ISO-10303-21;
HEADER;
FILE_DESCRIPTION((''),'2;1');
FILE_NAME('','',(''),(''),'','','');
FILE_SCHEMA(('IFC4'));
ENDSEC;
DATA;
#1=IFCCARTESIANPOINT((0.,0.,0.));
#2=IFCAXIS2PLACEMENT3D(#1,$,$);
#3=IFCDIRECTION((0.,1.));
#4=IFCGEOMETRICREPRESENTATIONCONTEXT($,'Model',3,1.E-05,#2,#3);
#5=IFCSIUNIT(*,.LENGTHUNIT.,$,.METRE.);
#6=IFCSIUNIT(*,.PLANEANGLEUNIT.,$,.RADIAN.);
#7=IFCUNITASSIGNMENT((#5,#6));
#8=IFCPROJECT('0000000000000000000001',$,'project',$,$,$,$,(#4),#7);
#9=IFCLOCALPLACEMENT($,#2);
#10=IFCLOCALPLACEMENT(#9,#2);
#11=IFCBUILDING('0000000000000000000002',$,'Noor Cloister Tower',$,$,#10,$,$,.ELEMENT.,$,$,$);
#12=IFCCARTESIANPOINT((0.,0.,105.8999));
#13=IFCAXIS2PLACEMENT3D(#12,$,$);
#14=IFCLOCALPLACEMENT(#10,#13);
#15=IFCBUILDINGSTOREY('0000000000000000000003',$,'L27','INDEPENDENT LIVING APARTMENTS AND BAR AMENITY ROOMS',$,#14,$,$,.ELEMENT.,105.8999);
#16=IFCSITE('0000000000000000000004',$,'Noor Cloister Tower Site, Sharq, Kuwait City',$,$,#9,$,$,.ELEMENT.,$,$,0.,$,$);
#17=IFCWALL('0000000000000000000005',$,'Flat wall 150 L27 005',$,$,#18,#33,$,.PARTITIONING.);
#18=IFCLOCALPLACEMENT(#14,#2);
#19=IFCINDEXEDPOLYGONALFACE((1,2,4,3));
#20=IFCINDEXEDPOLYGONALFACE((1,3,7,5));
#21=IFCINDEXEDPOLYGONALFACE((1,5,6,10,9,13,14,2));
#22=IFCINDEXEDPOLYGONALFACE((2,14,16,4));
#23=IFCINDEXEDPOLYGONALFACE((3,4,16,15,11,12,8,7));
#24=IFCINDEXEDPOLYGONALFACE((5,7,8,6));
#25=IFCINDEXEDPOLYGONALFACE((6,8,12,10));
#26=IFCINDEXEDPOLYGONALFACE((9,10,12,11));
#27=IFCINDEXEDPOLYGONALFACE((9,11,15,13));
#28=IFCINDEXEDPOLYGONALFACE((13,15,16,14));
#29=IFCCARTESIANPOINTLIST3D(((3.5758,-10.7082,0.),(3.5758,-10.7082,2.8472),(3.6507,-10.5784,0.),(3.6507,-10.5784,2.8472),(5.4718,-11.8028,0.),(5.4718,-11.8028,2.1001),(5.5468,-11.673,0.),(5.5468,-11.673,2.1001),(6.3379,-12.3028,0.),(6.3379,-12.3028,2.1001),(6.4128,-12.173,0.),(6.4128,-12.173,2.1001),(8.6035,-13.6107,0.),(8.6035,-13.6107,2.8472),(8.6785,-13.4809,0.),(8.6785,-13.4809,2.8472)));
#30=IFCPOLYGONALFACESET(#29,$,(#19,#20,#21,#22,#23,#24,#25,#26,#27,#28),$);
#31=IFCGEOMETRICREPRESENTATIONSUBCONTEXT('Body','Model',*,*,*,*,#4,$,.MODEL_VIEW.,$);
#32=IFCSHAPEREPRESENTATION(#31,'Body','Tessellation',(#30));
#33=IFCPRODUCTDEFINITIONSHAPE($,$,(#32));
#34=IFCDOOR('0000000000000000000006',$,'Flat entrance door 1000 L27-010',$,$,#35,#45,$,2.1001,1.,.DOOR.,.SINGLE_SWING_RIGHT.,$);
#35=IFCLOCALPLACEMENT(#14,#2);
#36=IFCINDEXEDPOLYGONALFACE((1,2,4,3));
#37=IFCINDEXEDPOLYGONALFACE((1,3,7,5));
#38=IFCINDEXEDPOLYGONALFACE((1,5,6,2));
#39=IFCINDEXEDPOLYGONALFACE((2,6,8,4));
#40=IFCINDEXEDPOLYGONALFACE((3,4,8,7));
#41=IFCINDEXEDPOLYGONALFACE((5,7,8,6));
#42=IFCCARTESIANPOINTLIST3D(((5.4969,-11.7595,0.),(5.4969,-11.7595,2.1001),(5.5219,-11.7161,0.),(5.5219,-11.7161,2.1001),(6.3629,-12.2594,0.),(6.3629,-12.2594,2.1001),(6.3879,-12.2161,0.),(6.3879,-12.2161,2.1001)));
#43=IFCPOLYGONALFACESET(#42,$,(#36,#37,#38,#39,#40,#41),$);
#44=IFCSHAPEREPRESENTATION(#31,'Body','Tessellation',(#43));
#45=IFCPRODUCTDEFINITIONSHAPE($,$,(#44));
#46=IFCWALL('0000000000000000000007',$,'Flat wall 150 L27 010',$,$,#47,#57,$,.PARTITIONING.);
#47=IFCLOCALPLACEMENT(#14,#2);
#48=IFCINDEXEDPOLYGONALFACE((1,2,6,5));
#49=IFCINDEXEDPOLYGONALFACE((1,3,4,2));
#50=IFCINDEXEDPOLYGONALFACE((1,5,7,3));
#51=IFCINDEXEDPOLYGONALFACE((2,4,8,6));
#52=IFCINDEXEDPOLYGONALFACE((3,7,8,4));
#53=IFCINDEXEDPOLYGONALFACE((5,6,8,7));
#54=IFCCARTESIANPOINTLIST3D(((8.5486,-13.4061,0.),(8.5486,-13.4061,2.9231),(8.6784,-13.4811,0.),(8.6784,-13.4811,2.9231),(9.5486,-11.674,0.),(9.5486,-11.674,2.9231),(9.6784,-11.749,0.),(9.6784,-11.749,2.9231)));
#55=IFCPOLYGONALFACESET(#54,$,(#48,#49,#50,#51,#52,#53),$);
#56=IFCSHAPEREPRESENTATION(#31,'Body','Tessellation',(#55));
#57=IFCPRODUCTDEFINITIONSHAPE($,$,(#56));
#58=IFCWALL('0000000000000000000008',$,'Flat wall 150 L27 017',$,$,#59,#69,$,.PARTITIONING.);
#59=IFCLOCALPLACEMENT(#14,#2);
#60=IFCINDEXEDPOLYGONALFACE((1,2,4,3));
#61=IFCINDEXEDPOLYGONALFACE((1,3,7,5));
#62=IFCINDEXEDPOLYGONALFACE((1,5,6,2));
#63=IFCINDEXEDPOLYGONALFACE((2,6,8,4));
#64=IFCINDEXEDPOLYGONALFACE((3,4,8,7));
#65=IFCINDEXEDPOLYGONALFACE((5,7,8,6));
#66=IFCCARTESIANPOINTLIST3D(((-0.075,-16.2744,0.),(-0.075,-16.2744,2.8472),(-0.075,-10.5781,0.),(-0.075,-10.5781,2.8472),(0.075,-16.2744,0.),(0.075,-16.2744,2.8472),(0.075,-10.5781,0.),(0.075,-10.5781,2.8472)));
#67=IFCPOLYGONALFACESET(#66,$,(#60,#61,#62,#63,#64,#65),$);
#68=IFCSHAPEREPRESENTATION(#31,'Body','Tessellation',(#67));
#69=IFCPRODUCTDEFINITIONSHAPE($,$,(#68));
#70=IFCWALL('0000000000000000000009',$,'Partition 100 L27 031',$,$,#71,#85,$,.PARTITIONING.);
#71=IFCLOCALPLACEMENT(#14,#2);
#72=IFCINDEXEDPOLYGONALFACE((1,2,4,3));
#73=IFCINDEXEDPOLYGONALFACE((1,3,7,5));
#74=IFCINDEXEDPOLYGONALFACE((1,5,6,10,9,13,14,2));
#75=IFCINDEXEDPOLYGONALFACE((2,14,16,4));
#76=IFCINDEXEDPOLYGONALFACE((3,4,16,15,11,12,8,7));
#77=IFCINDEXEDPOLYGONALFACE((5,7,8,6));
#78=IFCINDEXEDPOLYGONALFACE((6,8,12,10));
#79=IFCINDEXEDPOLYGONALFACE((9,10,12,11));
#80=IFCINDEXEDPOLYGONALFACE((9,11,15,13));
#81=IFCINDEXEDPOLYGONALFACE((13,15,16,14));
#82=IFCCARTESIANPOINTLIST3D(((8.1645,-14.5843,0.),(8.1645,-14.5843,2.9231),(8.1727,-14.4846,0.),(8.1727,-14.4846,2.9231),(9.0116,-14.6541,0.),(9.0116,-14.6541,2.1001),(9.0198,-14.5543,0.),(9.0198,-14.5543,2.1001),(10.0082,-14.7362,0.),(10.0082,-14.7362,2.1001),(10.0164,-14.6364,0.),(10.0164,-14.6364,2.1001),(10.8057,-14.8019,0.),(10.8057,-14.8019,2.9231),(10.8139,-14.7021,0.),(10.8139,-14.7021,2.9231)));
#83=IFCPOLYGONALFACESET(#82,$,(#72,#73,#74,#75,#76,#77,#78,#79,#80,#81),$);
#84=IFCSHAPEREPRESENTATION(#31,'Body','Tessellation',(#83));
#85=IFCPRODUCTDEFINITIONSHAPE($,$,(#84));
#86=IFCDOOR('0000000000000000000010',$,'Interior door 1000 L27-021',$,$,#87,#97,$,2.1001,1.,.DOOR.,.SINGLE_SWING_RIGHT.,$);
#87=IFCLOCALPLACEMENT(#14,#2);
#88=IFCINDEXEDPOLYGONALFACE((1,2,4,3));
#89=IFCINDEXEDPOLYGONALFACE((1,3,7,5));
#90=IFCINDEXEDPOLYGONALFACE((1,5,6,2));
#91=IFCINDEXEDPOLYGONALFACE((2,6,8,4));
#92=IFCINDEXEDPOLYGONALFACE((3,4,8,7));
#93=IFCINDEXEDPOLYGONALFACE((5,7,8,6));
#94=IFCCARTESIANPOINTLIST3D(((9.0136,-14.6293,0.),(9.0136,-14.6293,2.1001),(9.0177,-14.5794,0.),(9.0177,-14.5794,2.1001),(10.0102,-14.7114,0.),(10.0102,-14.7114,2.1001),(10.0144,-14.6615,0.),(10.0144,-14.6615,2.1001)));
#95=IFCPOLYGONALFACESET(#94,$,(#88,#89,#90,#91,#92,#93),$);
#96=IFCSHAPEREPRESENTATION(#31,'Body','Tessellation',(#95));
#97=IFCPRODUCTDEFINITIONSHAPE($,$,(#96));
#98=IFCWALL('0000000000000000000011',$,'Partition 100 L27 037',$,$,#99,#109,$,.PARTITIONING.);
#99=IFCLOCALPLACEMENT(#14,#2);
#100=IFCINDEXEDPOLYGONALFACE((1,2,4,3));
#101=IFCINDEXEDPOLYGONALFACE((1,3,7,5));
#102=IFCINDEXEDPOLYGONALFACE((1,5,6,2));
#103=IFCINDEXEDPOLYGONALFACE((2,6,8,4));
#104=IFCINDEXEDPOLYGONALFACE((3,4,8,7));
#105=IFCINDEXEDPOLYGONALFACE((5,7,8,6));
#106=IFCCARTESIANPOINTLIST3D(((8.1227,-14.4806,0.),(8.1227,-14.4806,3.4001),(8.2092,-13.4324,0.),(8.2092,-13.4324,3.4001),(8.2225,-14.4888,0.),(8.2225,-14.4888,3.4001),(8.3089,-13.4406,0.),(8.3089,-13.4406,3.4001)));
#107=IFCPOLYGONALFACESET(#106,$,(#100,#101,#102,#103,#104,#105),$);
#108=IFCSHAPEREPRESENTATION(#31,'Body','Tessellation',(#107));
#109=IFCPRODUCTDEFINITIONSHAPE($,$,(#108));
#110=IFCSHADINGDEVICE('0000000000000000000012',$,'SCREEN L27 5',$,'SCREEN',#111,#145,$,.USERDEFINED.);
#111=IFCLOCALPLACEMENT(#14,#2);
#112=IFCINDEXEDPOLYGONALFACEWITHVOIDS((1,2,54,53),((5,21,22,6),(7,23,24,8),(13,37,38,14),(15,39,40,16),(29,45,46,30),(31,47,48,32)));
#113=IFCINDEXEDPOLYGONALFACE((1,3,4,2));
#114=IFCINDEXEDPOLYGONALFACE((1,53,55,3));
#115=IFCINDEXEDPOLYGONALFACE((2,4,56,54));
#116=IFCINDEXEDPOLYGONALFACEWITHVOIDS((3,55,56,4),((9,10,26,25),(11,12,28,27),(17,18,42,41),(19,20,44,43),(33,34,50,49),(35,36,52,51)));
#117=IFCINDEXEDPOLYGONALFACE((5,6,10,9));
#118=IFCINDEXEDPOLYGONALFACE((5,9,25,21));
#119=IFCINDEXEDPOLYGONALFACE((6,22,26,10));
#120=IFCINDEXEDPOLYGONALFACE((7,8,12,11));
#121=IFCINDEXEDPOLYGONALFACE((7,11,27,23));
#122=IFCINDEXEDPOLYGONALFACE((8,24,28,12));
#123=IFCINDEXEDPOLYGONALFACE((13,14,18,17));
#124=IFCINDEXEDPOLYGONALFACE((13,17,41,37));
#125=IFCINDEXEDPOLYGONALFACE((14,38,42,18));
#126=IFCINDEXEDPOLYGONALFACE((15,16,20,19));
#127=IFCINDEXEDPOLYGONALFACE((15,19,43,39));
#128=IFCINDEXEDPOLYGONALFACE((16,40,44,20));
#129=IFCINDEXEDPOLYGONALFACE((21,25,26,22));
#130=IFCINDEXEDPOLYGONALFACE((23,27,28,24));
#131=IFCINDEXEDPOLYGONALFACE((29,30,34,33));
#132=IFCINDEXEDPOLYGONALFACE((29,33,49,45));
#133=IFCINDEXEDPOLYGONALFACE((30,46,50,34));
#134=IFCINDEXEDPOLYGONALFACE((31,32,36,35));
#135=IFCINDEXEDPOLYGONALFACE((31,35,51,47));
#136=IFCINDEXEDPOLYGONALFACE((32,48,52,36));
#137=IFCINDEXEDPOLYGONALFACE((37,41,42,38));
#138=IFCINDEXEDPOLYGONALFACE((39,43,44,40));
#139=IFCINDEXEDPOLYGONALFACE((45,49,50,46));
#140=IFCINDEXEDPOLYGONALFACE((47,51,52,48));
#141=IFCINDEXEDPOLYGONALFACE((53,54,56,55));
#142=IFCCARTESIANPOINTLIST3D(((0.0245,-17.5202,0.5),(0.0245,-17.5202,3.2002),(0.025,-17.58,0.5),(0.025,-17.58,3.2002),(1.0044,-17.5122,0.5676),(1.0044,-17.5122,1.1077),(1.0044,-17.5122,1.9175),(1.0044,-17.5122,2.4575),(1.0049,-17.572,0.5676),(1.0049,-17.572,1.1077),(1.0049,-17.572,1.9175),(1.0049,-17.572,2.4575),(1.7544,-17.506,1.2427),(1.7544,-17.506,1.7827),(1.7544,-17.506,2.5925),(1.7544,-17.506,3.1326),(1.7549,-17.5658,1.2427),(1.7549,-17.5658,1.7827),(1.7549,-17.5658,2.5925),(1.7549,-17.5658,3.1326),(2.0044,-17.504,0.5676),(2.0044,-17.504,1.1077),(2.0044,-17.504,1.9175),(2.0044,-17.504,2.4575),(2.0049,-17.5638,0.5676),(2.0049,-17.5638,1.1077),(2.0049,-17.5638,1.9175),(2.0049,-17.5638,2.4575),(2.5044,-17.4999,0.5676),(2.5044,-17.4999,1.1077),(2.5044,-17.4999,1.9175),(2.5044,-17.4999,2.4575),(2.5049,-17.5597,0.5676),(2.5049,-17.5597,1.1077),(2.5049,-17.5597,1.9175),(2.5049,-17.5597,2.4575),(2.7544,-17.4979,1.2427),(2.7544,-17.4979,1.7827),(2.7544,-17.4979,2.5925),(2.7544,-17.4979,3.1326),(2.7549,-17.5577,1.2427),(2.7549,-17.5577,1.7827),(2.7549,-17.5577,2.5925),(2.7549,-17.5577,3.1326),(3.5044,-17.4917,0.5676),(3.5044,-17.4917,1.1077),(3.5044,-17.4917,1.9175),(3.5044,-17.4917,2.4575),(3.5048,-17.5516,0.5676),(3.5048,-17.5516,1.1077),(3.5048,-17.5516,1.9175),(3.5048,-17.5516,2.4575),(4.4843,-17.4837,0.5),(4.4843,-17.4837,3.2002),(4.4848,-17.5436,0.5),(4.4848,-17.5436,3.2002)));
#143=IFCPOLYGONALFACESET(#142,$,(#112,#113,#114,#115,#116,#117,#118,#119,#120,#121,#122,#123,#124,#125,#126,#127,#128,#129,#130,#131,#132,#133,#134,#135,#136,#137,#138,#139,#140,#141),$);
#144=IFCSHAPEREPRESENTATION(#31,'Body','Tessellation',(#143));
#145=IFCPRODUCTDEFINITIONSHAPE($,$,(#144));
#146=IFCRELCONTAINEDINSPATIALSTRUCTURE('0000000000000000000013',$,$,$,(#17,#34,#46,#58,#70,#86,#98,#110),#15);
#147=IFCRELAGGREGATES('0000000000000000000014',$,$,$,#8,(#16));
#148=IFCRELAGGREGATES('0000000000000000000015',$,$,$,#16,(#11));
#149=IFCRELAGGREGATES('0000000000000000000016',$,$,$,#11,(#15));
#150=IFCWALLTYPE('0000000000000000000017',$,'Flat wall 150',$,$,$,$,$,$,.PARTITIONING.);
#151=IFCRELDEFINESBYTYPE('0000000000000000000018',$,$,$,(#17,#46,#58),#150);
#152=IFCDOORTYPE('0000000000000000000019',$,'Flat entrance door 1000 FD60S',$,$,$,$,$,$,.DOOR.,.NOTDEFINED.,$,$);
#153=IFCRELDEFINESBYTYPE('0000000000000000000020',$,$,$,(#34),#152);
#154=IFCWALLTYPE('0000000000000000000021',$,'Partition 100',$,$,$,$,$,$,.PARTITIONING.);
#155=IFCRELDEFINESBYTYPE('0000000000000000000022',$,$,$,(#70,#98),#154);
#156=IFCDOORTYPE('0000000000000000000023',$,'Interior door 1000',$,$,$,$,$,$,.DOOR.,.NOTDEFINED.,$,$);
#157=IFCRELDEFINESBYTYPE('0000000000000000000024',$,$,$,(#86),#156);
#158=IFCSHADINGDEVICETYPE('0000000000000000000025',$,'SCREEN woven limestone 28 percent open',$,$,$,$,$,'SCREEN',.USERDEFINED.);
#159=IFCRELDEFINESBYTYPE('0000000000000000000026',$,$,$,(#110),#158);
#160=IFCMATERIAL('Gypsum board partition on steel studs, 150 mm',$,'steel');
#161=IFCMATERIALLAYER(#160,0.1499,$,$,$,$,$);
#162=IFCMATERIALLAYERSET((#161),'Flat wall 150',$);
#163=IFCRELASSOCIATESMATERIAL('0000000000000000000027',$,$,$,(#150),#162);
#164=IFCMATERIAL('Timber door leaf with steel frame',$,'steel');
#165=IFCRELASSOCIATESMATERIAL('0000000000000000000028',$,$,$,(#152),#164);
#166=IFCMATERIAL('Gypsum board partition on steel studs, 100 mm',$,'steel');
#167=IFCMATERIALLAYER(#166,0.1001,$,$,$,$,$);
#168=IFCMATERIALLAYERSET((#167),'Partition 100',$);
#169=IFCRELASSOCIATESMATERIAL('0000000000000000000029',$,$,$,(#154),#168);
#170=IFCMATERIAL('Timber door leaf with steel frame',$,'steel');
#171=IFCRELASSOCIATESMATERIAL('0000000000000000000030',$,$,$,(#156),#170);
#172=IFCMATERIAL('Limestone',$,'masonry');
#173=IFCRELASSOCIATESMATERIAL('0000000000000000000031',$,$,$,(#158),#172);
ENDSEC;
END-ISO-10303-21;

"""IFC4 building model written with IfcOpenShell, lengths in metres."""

from ifc_helpers import new_model, si_unit, direction, frame, frame_2d, origin, place, context, subcontext, project, spatial, polyline, rectangle, outline, extrude, material, layer, layer_set, material_profile, profile_set, type_object, element, fill, save


model = new_model("IFC4")

# Units and contexts
model_context = context("Model", 3, precision=1e-05, world=origin(), true_north=direction((0.0, 1.0)))
body_context = subcontext(model_context, "Body", "Model", "MODEL_VIEW")
ifc_project = project(units=[si_unit("LENGTHUNIT", "METRE"), si_unit("PLANEANGLEUNIT", "RADIAN")], contexts=[model_context])

# Site, building, storey
site_placement = place(None, origin())
site = spatial("IfcSite", under=ifc_project, at=site_placement, Name="Noor Cloister Tower Site, Sharq, Kuwait City", CompositionType="ELEMENT", RefElevation=0.0)
building_placement = place(site_placement, origin())
building = spatial("IfcBuilding", under=site, at=building_placement, Name="Noor Cloister Tower", CompositionType="ELEMENT")
storey_placement = place(building_placement, frame((0.0, 0.0, 105.8999)))
storey = spatial("IfcBuildingStorey", under=building, at=storey_placement, Name="L27", Description="INDEPENDENT LIVING APARTMENTS AND BAR AMENITY ROOMS", CompositionType="ELEMENT", Elevation=105.8999)

# Wall, opening, door
ifc_material_1 = material(Name="Gypsum board partition on steel studs, 150 mm", Category="steel")
ifc_layer_1 = layer(ifc_material_1, 0.1499)
ifc_layer_set_1 = layer_set([ifc_layer_1], Name="Flat wall 150")
wall_type_1 = type_object("IfcWallType", Name="Flat wall 150", PredefinedType="PARTITIONING", material=ifc_layer_set_1)
wall_1_placement = place(storey_placement, frame((8.6411, -13.5459, 0.0), z_axis=(0.0, 0.0, 1.0), x_axis=(-0.866043, 0.49997, 0.0)))
wall_1 = element("IfcWall", 1, at=wall_1_placement, inside=storey, type_object=wall_type_1, Name="Flat wall 150 L27 005", PredefinedType="PARTITIONING", context=body_context, shape_type="SweptSolid", body=[
    extrude(rectangle(XDim=5.8054, YDim=0.1499, at=frame_2d((2.9028, 0.0))), origin(), (0.0, 0.0, 1.0), 2.8472),
])
opening_1_placement = place(wall_1_placement, frame((2.6162, 0.0, 0.0)))
opening_1 = element("IfcOpeningElement", 2, at=opening_1_placement, cuts=wall_1, PredefinedType="OPENING", context=body_context, shape_type="SweptSolid", body=[
    extrude(rectangle(XDim=1.0, YDim=2.1001, at=frame_2d((0.5, 1.05))), frame((0.0, 0.085, 0.0), z_axis=(0.0, -1.0, 0.0), x_axis=(1.0, 0.0, 0.0)), (0.0, 0.0, 1.0), 0.1699),
])
ifc_material_2 = material(Name="Timber door leaf with steel frame", Category="steel")
door_type_1 = type_object("IfcDoorType", Name="Flat entrance door 1000 FD60S", OperationType="NOTDEFINED", PredefinedType="DOOR", material=ifc_material_2)
door_1_placement = place(opening_1_placement, origin())
door_1 = element("IfcDoor", 3, at=door_1_placement, inside=storey, type_object=door_type_1, Name="Flat entrance door 1000 L27-010", OperationType="SINGLE_SWING_RIGHT", OverallHeight=2.1001, OverallWidth=1.0, PredefinedType="DOOR", context=body_context, shape_type="SweptSolid", body=[
    extrude(rectangle(XDim=1.0, YDim=2.1001, at=frame_2d((0.5, 1.05))), frame((0.0, 0.0249, 0.0), z_axis=(0.0, -1.0, 0.0), x_axis=(1.0, 0.0, 0.0)), (0.0, 0.0, 1.0), 0.05),
])
fill(opening_1, door_1)

# Walls
wall_2_placement = place(storey_placement, frame((8.6135, -13.4436, 0.0), z_axis=(0.0, 0.0, 1.0), x_axis=(0.499973, 0.866041, 0.0)))
element("IfcWall", 4, at=wall_2_placement, inside=storey, type_object=wall_type_1, Name="Flat wall 150 L27 010", PredefinedType="PARTITIONING", context=body_context, shape_type="SweptSolid", body=[
    extrude(rectangle(XDim=2.0, YDim=0.1499, at=frame_2d((1.0, 0.0))), origin(), (0.0, 0.0, 1.0), 2.9231),
])
wall_3_placement = place(storey_placement, frame((0.0, -16.2744, 0.0), z_axis=(0.0, 0.0, 1.0), x_axis=(0.0, 1.0, 0.0)))
element("IfcWall", 5, at=wall_3_placement, inside=storey, type_object=wall_type_1, Name="Flat wall 150 L27 017", PredefinedType="PARTITIONING", context=body_context, shape_type="SweptSolid", body=[
    extrude(rectangle(XDim=5.6963, YDim=0.1499, at=frame_2d((2.8481, 0.0))), origin(), (0.0, 0.0, 1.0), 2.8472),
])

# Wall, opening, door
ifc_material_3 = material(Name="Gypsum board partition on steel studs, 100 mm", Category="steel")
ifc_layer_2 = layer(ifc_material_3, 0.1001)
ifc_layer_set_2 = layer_set([ifc_layer_2], Name="Partition 100")
wall_type_2 = type_object("IfcWallType", Name="Partition 100", PredefinedType="PARTITIONING", material=ifc_layer_set_2)
wall_4_placement = place(storey_placement, frame((8.1685, -14.5344, 0.0), z_axis=(0.0, 0.0, 1.0), x_axis=(0.996625, -0.082085, 0.0)))
wall_4 = element("IfcWall", 6, at=wall_4_placement, inside=storey, type_object=wall_type_2, Name="Partition 100 L27 031", PredefinedType="PARTITIONING", context=body_context, shape_type="SweptSolid", body=[
    extrude(rectangle(XDim=2.6501, YDim=0.1001, at=frame_2d((1.3252, 0.0))), origin(), (0.0, 0.0, 1.0), 2.9231),
])
opening_2_placement = place(wall_4_placement, frame((0.8501, 0.0, 0.0)))
opening_2 = element("IfcOpeningElement", 7, at=opening_2_placement, cuts=wall_4, PredefinedType="OPENING", context=body_context, shape_type="SweptSolid", body=[
    extrude(rectangle(XDim=1.0, YDim=2.1001, at=frame_2d((0.5, 1.05))), frame((0.0, 0.0601, 0.0), z_axis=(0.0, -1.0, 0.0), x_axis=(1.0, 0.0, 0.0)), (0.0, 0.0, 1.0), 0.1201),
])
ifc_material_4 = material(Name="Timber door leaf with steel frame", Category="steel")
door_type_2 = type_object("IfcDoorType", Name="Interior door 1000", OperationType="NOTDEFINED", PredefinedType="DOOR", material=ifc_material_4)
door_2_placement = place(opening_2_placement, origin())
door_2 = element("IfcDoor", 8, at=door_2_placement, inside=storey, type_object=door_type_2, Name="Interior door 1000 L27-021", OperationType="SINGLE_SWING_RIGHT", OverallHeight=2.1001, OverallWidth=1.0, PredefinedType="DOOR", context=body_context, shape_type="SweptSolid", body=[
    extrude(rectangle(XDim=1.0, YDim=2.1001, at=frame_2d((0.5, 1.05))), frame((0.0, 0.0249, 0.0), z_axis=(0.0, -1.0, 0.0), x_axis=(1.0, 0.0, 0.0)), (0.0, 0.0, 1.0), 0.05),
])
fill(opening_2, door_2)

# Wall
wall_5_placement = place(storey_placement, frame((8.259, -13.4365, 0.0), z_axis=(0.0, 0.0, 1.0), x_axis=(-0.082181, -0.996617, 0.0)))
element("IfcWall", 9, at=wall_5_placement, inside=storey, type_object=wall_type_2, Name="Partition 100 L27 037", PredefinedType="PARTITIONING", context=body_context, shape_type="SweptSolid", body=[
    extrude(rectangle(XDim=1.0518, YDim=0.1001, at=frame_2d((0.5259, 0.0))), origin(), (0.0, 0.0, 1.0), 3.4001),
])

# Shading device
ifc_material_5 = material(Name="Limestone", Category="masonry")
ifc_material_profile_1 = material_profile(ifc_material_5, outline(polyline([(-2.23, -1.3501), (2.23, -1.3501), (2.23, 1.3501), (-2.23, 1.3501), (-2.23, -1.3501)]), holes=[polyline([(-1.25, -1.2825), (-0.25, -1.2825), (-0.25, -0.7424), (-1.25, -0.7424), (-1.25, -1.2825)]), polyline([(0.25, -1.2825), (1.25, -1.2825), (1.25, -0.7424), (0.25, -0.7424), (0.25, -1.2825)]), polyline([(-0.5, -0.6074), (0.5, -0.6074), (0.5, -0.0674), (-0.5, -0.0674), (-0.5, -0.6074)]), polyline([(-1.25, 0.0674), (-0.25, 0.0674), (-0.25, 0.6074), (-1.25, 0.6074), (-1.25, 0.0674)]), polyline([(0.25, 0.0674), (1.25, 0.0674), (1.25, 0.6074), (0.25, 0.6074), (0.25, 0.0674)]), polyline([(-0.5, 0.7424), (0.5, 0.7424), (0.5, 1.2825), (-0.5, 1.2825), (-0.5, 0.7424)])]), Name="Woven screen 28 percent open")
ifc_profile_set_1 = profile_set([ifc_material_profile_1], Name="Limestone")
shading_device_type = type_object("IfcShadingDeviceType", Name="SCREEN woven limestone 28 percent open", ElementType="SCREEN", PredefinedType="USERDEFINED", material=ifc_profile_set_1)
shading_device_1_placement = place(storey_placement, frame((2.2544, -17.502, 1.8501), z_axis=(0.008163, -0.999967, 0.0), x_axis=(0.999967, 0.008163, 0.0)))
element("IfcShadingDevice", 10, at=shading_device_1_placement, inside=storey, type_object=shading_device_type, Name="SCREEN L27 5", ObjectType="SCREEN", PredefinedType="USERDEFINED", context=body_context, shape_type="SweptSolid", body=[
    extrude(outline(polyline([(-2.23, -1.3501), (2.23, -1.3501), (2.23, 1.3501), (-2.23, 1.3501), (-2.23, -1.3501)]), holes=[polyline([(-1.25, -1.2825), (-0.25, -1.2825), (-0.25, -0.7424), (-1.25, -0.7424), (-1.25, -1.2825)]), polyline([(0.25, -1.2825), (1.25, -1.2825), (1.25, -0.7424), (0.25, -0.7424), (0.25, -1.2825)]), polyline([(-0.5, -0.6074), (0.5, -0.6074), (0.5, -0.0674), (-0.5, -0.0674), (-0.5, -0.6074)]), polyline([(-1.25, 0.0674), (-0.25, 0.0674), (-0.25, 0.6074), (-1.25, 0.6074), (-1.25, 0.0674)]), polyline([(0.25, 0.0674), (1.25, 0.0674), (1.25, 0.6074), (0.25, 0.6074), (0.25, 0.0674)]), polyline([(-0.5, 0.7424), (0.5, 0.7424), (0.5, 1.2825), (-0.5, 1.2825), (-0.5, 0.7424)])]), origin(), (0.0, 0.0, 1.0), 0.0598),
])

save(model, "model.ifc")
